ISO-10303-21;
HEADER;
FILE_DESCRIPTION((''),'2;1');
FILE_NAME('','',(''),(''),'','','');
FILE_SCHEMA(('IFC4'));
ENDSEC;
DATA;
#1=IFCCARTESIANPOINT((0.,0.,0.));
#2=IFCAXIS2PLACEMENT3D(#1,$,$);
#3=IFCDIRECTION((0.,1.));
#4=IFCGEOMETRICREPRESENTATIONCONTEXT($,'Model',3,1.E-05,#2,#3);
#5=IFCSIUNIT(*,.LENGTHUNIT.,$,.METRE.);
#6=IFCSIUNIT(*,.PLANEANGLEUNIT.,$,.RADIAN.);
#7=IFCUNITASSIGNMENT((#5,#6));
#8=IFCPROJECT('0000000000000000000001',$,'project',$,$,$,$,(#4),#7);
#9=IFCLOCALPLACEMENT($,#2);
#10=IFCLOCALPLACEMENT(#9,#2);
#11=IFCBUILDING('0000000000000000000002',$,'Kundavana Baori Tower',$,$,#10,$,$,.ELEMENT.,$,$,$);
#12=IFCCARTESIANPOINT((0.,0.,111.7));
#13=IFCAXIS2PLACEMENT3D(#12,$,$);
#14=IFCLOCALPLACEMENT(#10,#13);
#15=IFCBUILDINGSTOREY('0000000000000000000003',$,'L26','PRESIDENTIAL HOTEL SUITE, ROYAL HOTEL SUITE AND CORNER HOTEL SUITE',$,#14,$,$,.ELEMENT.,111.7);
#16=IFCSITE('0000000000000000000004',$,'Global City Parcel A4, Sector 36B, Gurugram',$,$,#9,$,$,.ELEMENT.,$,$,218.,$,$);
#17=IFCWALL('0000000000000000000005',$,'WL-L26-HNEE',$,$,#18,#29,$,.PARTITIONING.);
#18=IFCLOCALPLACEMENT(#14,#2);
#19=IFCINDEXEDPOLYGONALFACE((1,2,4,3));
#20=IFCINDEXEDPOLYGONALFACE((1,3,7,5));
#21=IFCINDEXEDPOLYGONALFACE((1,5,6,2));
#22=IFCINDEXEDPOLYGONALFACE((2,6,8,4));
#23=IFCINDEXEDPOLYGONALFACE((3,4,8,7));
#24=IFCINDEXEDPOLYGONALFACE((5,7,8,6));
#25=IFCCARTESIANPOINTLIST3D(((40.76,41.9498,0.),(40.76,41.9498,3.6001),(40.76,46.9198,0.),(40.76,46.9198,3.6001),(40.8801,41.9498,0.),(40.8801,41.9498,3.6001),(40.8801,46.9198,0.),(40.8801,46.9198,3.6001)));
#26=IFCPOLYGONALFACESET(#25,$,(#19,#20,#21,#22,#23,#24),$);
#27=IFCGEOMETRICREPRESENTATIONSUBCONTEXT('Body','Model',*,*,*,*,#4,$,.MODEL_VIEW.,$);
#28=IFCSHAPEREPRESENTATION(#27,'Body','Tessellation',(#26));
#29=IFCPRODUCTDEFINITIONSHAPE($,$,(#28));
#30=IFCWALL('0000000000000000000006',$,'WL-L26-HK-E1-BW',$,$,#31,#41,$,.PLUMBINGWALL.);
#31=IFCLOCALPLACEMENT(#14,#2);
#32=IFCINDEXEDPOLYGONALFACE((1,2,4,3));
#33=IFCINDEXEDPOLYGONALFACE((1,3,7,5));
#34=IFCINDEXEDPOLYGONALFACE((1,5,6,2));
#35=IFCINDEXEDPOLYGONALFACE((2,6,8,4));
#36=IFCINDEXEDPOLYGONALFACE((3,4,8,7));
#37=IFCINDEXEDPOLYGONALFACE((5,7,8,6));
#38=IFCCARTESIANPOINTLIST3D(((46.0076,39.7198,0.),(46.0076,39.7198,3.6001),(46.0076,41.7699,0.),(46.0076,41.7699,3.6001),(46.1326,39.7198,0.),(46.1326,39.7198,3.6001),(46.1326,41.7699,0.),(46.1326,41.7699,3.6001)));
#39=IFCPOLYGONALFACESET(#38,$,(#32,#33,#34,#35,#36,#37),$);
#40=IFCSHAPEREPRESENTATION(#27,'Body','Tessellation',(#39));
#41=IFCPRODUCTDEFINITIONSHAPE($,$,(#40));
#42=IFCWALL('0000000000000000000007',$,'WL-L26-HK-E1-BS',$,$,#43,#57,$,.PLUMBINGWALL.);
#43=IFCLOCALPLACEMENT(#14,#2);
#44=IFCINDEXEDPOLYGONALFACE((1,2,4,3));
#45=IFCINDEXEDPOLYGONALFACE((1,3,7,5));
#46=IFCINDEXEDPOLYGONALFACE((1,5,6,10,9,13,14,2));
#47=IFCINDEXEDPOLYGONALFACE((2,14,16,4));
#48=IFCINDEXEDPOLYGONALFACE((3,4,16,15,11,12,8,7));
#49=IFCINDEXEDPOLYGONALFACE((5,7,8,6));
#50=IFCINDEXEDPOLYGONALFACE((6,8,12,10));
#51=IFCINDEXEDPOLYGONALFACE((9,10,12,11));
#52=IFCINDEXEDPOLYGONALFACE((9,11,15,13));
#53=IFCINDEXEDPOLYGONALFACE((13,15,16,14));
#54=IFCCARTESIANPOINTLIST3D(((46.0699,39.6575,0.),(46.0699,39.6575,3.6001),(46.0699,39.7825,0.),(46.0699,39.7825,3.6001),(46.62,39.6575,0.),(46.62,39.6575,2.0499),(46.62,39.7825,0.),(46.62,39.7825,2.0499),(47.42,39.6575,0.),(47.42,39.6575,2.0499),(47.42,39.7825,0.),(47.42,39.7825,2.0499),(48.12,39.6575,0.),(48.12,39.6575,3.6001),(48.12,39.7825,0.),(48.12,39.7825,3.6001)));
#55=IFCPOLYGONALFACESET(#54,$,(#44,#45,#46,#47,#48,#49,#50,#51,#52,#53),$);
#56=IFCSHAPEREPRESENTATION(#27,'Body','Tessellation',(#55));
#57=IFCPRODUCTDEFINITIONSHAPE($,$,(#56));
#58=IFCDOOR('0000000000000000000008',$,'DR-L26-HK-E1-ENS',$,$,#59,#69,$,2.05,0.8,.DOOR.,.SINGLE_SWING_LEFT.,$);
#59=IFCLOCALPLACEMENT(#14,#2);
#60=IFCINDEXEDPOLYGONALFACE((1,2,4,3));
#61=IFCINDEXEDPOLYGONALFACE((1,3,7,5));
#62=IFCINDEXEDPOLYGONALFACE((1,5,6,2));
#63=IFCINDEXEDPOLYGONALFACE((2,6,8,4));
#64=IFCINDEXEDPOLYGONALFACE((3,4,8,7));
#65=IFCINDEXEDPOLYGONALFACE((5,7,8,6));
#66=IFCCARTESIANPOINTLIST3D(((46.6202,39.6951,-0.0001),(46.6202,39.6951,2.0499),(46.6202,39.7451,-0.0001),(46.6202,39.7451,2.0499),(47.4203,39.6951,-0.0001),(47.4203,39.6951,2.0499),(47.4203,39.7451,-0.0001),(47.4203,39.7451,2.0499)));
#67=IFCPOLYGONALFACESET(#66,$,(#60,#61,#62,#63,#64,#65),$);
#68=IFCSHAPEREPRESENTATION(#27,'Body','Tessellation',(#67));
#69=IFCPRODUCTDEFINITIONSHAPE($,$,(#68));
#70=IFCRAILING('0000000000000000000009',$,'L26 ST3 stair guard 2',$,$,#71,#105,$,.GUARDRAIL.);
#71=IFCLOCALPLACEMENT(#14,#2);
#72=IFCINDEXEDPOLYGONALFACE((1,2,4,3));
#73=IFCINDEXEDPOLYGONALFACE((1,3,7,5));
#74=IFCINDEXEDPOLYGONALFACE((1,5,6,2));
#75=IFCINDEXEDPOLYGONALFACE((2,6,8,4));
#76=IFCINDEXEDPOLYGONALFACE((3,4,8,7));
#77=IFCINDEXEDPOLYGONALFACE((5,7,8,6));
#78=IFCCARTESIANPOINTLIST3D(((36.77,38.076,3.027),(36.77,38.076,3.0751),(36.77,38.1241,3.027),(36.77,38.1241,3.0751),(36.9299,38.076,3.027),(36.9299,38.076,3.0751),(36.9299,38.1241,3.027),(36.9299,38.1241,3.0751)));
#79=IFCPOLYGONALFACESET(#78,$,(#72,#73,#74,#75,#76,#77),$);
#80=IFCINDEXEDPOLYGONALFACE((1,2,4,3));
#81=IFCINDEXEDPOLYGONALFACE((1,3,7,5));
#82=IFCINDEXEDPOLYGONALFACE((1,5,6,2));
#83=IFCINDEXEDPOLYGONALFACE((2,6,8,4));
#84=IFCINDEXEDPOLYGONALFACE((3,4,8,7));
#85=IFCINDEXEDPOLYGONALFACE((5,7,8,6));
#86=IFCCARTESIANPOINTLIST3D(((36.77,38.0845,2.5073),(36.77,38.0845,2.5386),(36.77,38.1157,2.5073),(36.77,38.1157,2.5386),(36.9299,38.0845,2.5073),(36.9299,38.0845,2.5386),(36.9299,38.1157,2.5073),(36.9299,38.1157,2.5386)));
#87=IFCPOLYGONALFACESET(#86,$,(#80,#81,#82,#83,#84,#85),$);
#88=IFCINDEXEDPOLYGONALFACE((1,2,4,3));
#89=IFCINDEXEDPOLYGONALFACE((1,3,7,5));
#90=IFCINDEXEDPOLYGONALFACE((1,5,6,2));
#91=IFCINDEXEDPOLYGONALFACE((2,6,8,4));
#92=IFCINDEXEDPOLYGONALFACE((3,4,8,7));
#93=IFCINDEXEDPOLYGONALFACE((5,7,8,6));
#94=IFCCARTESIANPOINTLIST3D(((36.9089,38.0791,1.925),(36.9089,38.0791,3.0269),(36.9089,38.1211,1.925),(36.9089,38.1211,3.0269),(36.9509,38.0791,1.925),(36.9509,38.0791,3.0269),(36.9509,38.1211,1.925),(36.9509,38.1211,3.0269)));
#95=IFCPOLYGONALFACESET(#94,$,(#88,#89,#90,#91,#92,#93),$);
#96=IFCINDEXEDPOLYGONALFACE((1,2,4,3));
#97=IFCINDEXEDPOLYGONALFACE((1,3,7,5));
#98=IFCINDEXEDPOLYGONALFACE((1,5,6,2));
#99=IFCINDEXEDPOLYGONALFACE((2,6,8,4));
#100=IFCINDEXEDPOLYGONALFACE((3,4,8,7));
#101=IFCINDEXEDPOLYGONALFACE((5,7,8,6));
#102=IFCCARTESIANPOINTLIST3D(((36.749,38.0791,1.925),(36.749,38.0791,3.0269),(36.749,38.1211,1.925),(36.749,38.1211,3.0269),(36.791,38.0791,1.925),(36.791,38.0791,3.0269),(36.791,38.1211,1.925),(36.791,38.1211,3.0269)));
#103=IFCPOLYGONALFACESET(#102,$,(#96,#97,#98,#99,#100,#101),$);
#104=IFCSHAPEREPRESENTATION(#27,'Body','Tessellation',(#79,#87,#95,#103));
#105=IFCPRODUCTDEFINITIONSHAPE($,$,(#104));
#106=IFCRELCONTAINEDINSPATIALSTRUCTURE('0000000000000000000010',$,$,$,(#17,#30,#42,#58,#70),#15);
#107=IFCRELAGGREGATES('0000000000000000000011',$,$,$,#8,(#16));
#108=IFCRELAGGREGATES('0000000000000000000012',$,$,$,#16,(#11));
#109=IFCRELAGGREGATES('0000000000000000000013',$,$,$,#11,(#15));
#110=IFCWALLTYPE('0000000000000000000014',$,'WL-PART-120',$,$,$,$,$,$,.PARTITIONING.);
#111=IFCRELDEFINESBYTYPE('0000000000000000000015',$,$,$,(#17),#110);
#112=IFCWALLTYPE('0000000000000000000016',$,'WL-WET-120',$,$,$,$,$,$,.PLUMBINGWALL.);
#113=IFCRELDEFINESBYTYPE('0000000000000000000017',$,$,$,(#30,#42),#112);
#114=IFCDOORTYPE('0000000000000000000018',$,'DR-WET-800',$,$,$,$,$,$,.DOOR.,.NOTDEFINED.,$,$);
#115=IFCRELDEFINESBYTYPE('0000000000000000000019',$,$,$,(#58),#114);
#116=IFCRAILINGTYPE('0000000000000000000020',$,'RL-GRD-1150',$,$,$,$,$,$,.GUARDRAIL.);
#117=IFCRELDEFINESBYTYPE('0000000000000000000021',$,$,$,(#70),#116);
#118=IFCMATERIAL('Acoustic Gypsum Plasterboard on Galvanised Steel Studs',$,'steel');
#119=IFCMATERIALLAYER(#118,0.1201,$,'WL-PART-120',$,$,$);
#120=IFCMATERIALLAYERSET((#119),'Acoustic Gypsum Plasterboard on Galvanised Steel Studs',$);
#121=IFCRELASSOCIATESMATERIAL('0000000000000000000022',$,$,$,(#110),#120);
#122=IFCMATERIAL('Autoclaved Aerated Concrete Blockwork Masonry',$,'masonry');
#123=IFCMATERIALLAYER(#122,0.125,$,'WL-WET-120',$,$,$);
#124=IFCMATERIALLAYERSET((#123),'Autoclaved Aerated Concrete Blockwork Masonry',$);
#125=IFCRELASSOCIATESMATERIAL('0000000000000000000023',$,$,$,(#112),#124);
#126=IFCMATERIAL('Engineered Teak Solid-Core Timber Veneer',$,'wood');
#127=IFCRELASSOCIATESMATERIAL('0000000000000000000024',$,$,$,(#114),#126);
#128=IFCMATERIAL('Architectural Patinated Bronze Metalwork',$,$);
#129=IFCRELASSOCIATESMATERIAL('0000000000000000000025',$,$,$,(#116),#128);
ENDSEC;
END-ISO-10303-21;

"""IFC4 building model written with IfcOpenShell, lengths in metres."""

from ifc_helpers import new_model, si_unit, direction, frame, frame_2d, origin, origin_2d, place, context, subcontext, project, spatial, rectangle, extrude, material, layer, layer_set, type_object, element, fill, save


model = new_model("IFC4")

# Units and contexts
model_context = context("Model", 3, precision=1e-05, world=origin(), true_north=direction((0.0, 1.0)))
body_context = subcontext(model_context, "Body", "Model", "MODEL_VIEW")
ifc_project = project(units=[si_unit("LENGTHUNIT", "METRE"), si_unit("PLANEANGLEUNIT", "RADIAN")], contexts=[model_context])

# Site, building, storey
site_placement = place(None, origin())
site = spatial("IfcSite", under=ifc_project, at=site_placement, Name="Global City Parcel A4, Sector 36B, Gurugram", CompositionType="ELEMENT", RefElevation=218.0)
building_placement = place(site_placement, origin())
building = spatial("IfcBuilding", under=site, at=building_placement, Name="Kundavana Baori Tower", CompositionType="ELEMENT")
storey_placement = place(building_placement, frame((0.0, 0.0, 111.7)))
storey = spatial("IfcBuildingStorey", under=building, at=storey_placement, Name="L26", Description="PRESIDENTIAL HOTEL SUITE, ROYAL HOTEL SUITE AND CORNER HOTEL SUITE", CompositionType="ELEMENT", Elevation=111.7)

# Walls
ifc_material_1 = material(Name="Acoustic Gypsum Plasterboard on Galvanised Steel Studs", Category="steel")
ifc_layer_1 = layer(ifc_material_1, 0.1201, Name="WL-PART-120")
ifc_layer_set_1 = layer_set([ifc_layer_1], Name="Acoustic Gypsum Plasterboard on Galvanised Steel Studs")
wall_type_1 = type_object("IfcWallType", Name="WL-PART-120", PredefinedType="PARTITIONING", material=ifc_layer_set_1)
wall_1_placement = place(storey_placement, frame((40.8201, 41.95, 0.0), z_axis=(0.0, 0.0, 1.0), x_axis=(0.0, 1.0, 0.0)))
element("IfcWall", 1, at=wall_1_placement, inside=storey, type_object=wall_type_1, Name="WL-L26-HNEE", PredefinedType="PARTITIONING", context=body_context, shape_type="SweptSolid", body=[
    extrude(rectangle(XDim=4.97, YDim=0.1201, at=frame_2d((2.4849, 0.0))), origin(), (0.0, 0.0, 1.0), 3.6001),
])
ifc_material_2 = material(Name="Autoclaved Aerated Concrete Blockwork Masonry", Category="masonry")
ifc_layer_2 = layer(ifc_material_2, 0.125, Name="WL-WET-120")
ifc_layer_set_2 = layer_set([ifc_layer_2], Name="Autoclaved Aerated Concrete Blockwork Masonry")
wall_type_2 = type_object("IfcWallType", Name="WL-WET-120", PredefinedType="PLUMBINGWALL", material=ifc_layer_set_2)
wall_2_placement = place(storey_placement, frame((46.0701, 39.72, 0.0), z_axis=(0.0, 0.0, 1.0), x_axis=(0.0, 1.0, 0.0)))
element("IfcWall", 2, at=wall_2_placement, inside=storey, type_object=wall_type_2, Name="WL-L26-HK-E1-BW", PredefinedType="PLUMBINGWALL", context=body_context, shape_type="SweptSolid", body=[
    extrude(rectangle(XDim=2.05, YDim=0.125, at=frame_2d((1.0249, 0.0))), origin(), (0.0, 0.0, 1.0), 3.6001),
])

# Wall, opening, door
wall_3_placement = place(storey_placement, frame((46.0701, 39.72, 0.0), z_axis=(0.0, 0.0, 1.0), x_axis=(1.0, 0.0, 0.0)))
wall_3 = element("IfcWall", 3, at=wall_3_placement, inside=storey, type_object=wall_type_2, Name="WL-L26-HK-E1-BS", PredefinedType="PLUMBINGWALL", context=body_context, shape_type="SweptSolid", body=[
    extrude(rectangle(XDim=2.05, YDim=0.125, at=frame_2d((1.0249, 0.0))), origin(), (0.0, 0.0, 1.0), 3.6001),
])
opening_1_placement = place(wall_3_placement, frame((0.55, 0.0, 0.0)))
opening_1 = element("IfcOpeningElement", 4, at=opening_1_placement, cuts=wall_3, PredefinedType="OPENING", context=body_context, shape_type="SweptSolid", body=[
    extrude(rectangle(XDim=0.8, YDim=2.05, at=frame_2d((0.3999, 1.0249))), frame((0.0, 0.0725, 0.0), z_axis=(0.0, -1.0, 0.0), x_axis=(1.0, 0.0, 0.0)), (0.0, 0.0, 1.0), 0.145),
])
ifc_material_3 = material(Name="Engineered Teak Solid-Core Timber Veneer", Category="wood")
door_type_1 = type_object("IfcDoorType", Name="DR-WET-800", OperationType="NOTDEFINED", PredefinedType="DOOR", material=ifc_material_3)
door_1_placement = place(opening_1_placement, frame((0.8, 0.0, 0.0), z_axis=(0.0, 0.0, 1.0), x_axis=(-1.0, 0.0, 0.0)))
door_1 = element("IfcDoor", 5, at=door_1_placement, inside=storey, type_object=door_type_1, Name="DR-L26-HK-E1-ENS", OperationType="SINGLE_SWING_LEFT", OverallHeight=2.05, OverallWidth=0.8, PredefinedType="DOOR", context=body_context, shape_type="SweptSolid", body=[
    extrude(rectangle(XDim=0.8, YDim=2.05, at=frame_2d((0.3999, 1.0249))), frame((0.0, 0.0249, 0.0), z_axis=(0.0, -1.0, 0.0), x_axis=(1.0, 0.0, 0.0)), (0.0, 0.0, 1.0), 0.05),
])
fill(opening_1, door_1)

# Railing
ifc_material_4 = material(Name="Architectural Patinated Bronze Metalwork")
railing_type_1 = type_object("IfcRailingType", Name="RL-GRD-1150", PredefinedType="GUARDRAIL", material=ifc_material_4)
railing_1_placement = place(storey_placement, frame((36.9299, 38.1001, 1.925)))
element("IfcRailing", 6, at=railing_1_placement, inside=storey, type_object=railing_type_1, Name="L26 ST3 stair guard 2", PredefinedType="GUARDRAIL", context=body_context, shape_type="SweptSolid", body=[
    extrude(rectangle(XDim=0.0481, YDim=0.0481, at=origin_2d()), frame((0.0, 0.0, 1.126), z_axis=(-1.0, 0.0, 0.0), x_axis=(0.0, -1.0, 0.0)), (0.0, 0.0, 1.0), 0.1599),
    extrude(rectangle(XDim=0.0312, YDim=0.0312, at=origin_2d()), frame((0.0, 0.0, 0.5979), z_axis=(-1.0, 0.0, 0.0), x_axis=(0.0, -1.0, 0.0)), (0.0, 0.0, 1.0), 0.1599),
    extrude(rectangle(XDim=0.042, YDim=0.042, at=origin_2d()), origin(), (0.0, 0.0, 1.0), 1.1018),
    extrude(rectangle(XDim=0.042, YDim=0.042, at=origin_2d()), frame((-0.1599, 0.0, 0.0)), (0.0, 0.0, 1.0), 1.1018),
])

save(model, "model.ifc")
